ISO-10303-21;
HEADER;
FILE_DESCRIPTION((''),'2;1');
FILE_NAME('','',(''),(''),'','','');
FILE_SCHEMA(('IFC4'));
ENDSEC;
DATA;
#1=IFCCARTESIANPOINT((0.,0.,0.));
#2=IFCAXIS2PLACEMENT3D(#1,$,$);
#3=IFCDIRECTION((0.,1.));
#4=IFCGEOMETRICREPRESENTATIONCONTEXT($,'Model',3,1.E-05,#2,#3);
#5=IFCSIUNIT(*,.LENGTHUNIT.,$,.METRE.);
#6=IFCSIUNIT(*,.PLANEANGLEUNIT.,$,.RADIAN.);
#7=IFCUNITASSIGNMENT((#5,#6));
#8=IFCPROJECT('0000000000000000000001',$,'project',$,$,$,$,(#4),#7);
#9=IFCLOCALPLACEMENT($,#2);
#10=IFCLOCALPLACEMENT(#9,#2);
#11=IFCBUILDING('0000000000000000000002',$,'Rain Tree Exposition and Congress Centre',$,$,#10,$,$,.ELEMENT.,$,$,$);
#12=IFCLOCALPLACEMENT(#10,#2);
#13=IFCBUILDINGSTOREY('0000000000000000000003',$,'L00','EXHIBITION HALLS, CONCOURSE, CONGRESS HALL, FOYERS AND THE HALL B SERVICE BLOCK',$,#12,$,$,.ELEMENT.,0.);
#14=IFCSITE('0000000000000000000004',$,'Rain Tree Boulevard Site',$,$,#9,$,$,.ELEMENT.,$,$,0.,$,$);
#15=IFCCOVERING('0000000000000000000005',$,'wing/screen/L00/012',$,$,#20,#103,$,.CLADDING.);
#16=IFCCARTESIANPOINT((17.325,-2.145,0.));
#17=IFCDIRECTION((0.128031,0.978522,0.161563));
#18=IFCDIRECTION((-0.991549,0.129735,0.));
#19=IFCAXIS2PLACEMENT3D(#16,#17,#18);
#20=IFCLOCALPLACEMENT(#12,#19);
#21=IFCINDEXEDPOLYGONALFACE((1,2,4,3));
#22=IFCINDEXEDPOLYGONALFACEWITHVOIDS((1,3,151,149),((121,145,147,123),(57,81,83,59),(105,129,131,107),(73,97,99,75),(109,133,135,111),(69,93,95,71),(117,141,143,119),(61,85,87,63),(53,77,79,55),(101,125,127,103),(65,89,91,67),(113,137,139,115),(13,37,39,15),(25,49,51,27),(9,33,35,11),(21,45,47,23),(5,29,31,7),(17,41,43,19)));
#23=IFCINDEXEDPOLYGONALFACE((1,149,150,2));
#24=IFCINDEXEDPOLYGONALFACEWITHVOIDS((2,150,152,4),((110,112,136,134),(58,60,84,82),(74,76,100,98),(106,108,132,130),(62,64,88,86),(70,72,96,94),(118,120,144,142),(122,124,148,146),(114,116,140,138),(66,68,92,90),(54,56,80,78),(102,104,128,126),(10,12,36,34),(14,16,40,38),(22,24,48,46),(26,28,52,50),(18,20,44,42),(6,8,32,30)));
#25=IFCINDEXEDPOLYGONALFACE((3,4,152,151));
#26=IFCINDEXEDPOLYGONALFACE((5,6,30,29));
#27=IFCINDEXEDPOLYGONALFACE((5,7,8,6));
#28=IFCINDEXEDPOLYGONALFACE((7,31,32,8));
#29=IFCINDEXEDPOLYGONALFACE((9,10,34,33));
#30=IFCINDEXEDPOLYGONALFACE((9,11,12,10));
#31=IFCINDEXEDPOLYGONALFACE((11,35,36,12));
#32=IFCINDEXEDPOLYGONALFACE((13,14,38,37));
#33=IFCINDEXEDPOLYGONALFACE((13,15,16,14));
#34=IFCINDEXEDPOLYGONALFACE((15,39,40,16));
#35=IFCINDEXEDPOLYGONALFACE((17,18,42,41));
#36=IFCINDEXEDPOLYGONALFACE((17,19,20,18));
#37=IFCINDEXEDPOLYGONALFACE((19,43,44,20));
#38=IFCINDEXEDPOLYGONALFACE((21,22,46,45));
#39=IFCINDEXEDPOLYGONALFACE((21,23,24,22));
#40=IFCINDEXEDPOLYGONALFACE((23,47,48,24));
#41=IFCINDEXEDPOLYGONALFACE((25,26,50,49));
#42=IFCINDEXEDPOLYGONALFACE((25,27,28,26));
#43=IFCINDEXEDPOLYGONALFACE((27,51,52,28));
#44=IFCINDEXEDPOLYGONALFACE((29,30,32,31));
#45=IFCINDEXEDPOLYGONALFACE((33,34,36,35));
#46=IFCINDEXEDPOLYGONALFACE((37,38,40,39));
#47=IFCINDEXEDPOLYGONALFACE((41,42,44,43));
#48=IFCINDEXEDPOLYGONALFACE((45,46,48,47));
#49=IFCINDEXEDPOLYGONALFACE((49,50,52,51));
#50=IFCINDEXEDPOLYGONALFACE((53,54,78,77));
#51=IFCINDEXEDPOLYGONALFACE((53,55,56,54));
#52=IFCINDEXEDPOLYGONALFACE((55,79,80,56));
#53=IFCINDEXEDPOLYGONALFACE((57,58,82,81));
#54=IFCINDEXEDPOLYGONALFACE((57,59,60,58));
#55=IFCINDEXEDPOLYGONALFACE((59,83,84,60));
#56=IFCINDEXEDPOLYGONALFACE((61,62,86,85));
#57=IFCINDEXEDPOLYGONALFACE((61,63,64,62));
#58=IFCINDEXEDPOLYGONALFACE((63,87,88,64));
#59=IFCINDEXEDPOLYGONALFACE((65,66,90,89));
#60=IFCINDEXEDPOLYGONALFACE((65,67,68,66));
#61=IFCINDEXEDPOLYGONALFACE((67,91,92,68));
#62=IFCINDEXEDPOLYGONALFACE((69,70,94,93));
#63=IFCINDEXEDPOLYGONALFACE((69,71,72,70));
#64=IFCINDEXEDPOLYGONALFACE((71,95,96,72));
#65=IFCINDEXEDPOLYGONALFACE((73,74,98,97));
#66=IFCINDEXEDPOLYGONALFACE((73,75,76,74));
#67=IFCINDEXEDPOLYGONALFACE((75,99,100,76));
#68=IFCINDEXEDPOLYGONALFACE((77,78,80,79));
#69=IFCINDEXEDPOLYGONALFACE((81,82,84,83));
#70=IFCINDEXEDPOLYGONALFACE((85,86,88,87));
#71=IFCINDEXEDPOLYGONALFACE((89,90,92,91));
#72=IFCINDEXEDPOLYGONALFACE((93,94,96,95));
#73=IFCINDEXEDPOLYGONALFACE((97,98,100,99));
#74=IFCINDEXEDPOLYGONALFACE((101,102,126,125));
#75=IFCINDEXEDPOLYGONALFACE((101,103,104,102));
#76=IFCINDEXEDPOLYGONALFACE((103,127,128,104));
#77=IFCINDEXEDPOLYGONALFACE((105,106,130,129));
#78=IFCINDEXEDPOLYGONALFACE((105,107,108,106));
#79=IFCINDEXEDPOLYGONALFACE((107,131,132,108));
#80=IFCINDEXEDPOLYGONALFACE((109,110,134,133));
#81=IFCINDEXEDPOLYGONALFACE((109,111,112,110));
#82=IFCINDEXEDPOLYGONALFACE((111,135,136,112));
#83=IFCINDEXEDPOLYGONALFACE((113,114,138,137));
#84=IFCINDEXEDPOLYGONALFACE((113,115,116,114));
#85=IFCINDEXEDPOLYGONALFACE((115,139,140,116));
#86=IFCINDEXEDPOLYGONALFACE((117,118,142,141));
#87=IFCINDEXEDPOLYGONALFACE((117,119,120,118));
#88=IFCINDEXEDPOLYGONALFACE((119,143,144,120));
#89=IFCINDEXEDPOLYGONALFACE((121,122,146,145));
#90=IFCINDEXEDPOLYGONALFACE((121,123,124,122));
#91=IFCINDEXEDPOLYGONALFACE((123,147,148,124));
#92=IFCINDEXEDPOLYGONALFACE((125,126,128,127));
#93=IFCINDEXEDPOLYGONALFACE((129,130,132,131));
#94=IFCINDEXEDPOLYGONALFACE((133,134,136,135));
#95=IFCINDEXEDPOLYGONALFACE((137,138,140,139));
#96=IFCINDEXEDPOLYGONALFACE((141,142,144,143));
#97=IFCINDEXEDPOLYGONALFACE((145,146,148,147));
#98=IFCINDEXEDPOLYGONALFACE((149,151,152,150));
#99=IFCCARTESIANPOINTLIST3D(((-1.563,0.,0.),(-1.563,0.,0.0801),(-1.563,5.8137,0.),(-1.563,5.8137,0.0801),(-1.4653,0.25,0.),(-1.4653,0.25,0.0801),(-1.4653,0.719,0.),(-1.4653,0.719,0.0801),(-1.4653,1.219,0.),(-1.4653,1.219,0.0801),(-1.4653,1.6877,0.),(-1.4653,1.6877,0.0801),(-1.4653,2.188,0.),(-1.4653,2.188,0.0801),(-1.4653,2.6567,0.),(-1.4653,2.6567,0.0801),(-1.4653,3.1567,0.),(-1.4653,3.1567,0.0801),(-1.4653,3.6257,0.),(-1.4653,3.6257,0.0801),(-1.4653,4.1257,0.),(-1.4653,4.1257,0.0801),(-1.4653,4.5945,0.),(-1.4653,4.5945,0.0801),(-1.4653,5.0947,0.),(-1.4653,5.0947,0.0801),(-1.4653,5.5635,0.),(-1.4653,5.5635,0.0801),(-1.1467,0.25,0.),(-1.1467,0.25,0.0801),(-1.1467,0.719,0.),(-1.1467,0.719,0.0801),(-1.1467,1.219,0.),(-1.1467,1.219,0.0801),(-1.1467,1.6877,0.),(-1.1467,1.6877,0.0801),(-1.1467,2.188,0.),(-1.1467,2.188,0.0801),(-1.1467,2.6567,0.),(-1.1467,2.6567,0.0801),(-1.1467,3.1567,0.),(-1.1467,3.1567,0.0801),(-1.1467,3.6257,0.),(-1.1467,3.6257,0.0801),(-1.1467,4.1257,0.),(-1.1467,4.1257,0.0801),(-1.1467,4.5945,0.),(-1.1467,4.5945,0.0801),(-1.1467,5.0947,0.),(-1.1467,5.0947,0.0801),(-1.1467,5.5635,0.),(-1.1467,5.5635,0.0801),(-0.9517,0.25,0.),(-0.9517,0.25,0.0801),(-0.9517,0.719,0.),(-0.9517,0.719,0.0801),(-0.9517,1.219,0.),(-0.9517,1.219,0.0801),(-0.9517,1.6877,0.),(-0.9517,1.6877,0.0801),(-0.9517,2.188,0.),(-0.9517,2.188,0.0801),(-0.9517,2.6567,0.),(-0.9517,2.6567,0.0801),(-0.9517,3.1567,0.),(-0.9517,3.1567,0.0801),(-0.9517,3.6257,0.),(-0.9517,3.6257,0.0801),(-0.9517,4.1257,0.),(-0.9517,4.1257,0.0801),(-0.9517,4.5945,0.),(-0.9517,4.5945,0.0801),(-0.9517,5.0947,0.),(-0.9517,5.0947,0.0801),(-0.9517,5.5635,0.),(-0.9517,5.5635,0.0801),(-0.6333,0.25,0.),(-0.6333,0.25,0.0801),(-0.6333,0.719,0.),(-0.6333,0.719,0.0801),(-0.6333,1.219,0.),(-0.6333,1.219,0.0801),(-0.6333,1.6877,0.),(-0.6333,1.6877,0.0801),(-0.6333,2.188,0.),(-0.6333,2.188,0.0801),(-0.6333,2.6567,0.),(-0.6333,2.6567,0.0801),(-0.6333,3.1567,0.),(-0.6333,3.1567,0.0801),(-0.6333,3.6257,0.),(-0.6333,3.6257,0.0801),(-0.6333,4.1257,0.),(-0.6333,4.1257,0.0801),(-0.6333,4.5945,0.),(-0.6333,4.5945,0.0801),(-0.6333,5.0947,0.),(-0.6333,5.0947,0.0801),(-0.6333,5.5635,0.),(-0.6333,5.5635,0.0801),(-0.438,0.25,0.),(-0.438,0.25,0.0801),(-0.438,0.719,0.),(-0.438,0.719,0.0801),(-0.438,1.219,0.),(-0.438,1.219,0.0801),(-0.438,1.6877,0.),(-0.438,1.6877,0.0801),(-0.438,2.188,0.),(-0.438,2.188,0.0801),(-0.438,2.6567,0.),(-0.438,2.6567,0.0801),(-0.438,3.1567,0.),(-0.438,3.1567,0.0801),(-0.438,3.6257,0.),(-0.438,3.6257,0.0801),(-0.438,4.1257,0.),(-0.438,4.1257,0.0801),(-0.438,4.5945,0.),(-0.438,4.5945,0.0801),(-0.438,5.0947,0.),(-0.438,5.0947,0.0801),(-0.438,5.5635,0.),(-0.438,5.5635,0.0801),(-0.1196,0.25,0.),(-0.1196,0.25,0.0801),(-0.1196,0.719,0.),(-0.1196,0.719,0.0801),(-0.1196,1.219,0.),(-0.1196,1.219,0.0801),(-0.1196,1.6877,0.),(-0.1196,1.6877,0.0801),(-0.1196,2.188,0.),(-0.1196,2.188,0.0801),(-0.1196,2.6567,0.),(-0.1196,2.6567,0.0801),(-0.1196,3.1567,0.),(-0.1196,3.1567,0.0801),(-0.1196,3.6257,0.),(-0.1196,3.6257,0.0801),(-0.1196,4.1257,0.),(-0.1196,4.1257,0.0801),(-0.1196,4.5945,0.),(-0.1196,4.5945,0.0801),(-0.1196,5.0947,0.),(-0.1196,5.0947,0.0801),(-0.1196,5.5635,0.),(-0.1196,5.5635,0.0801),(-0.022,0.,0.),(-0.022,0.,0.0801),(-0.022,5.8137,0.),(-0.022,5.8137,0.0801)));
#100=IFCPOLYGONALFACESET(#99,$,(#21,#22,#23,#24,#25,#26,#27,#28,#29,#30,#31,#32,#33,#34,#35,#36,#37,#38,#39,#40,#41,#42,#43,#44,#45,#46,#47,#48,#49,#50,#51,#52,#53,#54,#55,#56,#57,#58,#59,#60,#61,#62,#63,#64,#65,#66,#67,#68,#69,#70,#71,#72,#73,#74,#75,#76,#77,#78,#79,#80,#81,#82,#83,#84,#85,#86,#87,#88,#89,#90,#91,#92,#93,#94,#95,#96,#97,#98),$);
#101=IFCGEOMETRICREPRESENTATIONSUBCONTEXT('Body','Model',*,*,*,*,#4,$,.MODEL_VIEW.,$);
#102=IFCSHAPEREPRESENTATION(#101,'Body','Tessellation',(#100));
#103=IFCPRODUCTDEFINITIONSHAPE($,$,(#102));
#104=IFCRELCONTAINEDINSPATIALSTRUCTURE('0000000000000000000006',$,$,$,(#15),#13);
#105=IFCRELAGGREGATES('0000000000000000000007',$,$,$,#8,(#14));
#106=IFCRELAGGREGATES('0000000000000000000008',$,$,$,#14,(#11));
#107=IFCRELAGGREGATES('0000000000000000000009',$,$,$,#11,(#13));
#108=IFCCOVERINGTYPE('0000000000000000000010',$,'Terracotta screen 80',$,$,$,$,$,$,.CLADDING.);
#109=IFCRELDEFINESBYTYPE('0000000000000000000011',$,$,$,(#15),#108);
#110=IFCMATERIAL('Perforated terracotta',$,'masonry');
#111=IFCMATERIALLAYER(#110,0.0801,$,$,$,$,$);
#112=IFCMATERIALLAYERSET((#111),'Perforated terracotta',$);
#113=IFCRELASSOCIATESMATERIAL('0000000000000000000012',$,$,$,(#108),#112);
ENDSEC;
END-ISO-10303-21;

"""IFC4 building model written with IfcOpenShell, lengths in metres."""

from ifc_helpers import new_model, si_unit, direction, frame, origin, place, context, subcontext, project, spatial, polyline, outline, extrude, material, layer, layer_set, type_object, element, save


model = new_model("IFC4")

# Units and contexts
model_context = context("Model", 3, precision=1e-05, world=origin(), true_north=direction((0.0, 1.0)))
body_context = subcontext(model_context, "Body", "Model", "MODEL_VIEW")
ifc_project = project(units=[si_unit("LENGTHUNIT", "METRE"), si_unit("PLANEANGLEUNIT", "RADIAN")], contexts=[model_context])

# Site, building, storey
site_placement = place(None, origin())
site = spatial("IfcSite", under=ifc_project, at=site_placement, Name="Rain Tree Boulevard Site", CompositionType="ELEMENT", RefElevation=0.0)
building_placement = place(site_placement, origin())
building = spatial("IfcBuilding", under=site, at=building_placement, Name="Rain Tree Exposition and Congress Centre", CompositionType="ELEMENT")
storey_placement = place(building_placement, origin())
storey = spatial("IfcBuildingStorey", under=building, at=storey_placement, Name="L00", Description="EXHIBITION HALLS, CONCOURSE, CONGRESS HALL, FOYERS AND THE HALL B SERVICE BLOCK", CompositionType="ELEMENT", Elevation=0.0)

# Covering
ifc_material_1 = material(Name="Perforated terracotta", Category="masonry")
ifc_layer_1 = layer(ifc_material_1, 0.0801)
ifc_layer_set_1 = layer_set([ifc_layer_1], Name="Perforated terracotta")
covering_type = type_object("IfcCoveringType", Name="Terracotta screen 80", PredefinedType="CLADDING", material=ifc_layer_set_1)
covering_1_placement = place(storey_placement, frame((17.325, -2.145, 0.0), z_axis=(0.128031, 0.978522, 0.161563), x_axis=(-0.991549, 0.129735, 0.0)))
element("IfcCovering", 1, at=covering_1_placement, inside=storey, type_object=covering_type, Name="wing/screen/L00/012", PredefinedType="CLADDING", context=body_context, shape_type="SweptSolid", body=[
    extrude(outline(polyline([(-1.563, 0.0), (-1.563, 5.8137), (-0.022, 5.8137), (-0.022, 0.0), (-1.563, 0.0)]), holes=[polyline([(-0.1196, 0.25), (-0.1196, 0.719), (-0.438, 0.719), (-0.438, 0.25), (-0.1196, 0.25)]), polyline([(-0.1196, 1.219), (-0.1196, 1.6877), (-0.438, 1.6877), (-0.438, 1.219), (-0.1196, 1.219)]), polyline([(-0.1196, 2.188), (-0.1196, 2.6567), (-0.438, 2.6567), (-0.438, 2.188), (-0.1196, 2.188)]), polyline([(-0.1196, 3.1567), (-0.1196, 3.6257), (-0.438, 3.6257), (-0.438, 3.1567), (-0.1196, 3.1567)]), polyline([(-0.1196, 4.1257), (-0.1196, 4.5945), (-0.438, 4.5945), (-0.438, 4.1257), (-0.1196, 4.1257)]), polyline([(-0.1196, 5.0947), (-0.1196, 5.5635), (-0.438, 5.5635), (-0.438, 5.0947), (-0.1196, 5.0947)]), polyline([(-0.6333, 0.25), (-0.6333, 0.719), (-0.9517, 0.719), (-0.9517, 0.25), (-0.6333, 0.25)]), polyline([(-0.6333, 1.219), (-0.6333, 1.6877), (-0.9517, 1.6877), (-0.9517, 1.219), (-0.6333, 1.219)]), polyline([(-0.6333, 2.188), (-0.6333, 2.6567), (-0.9517, 2.6567), (-0.9517, 2.188), (-0.6333, 2.188)]), polyline([(-0.6333, 3.1567), (-0.6333, 3.6257), (-0.9517, 3.6257), (-0.9517, 3.1567), (-0.6333, 3.1567)]), polyline([(-0.6333, 4.1257), (-0.6333, 4.5945), (-0.9517, 4.5945), (-0.9517, 4.1257), (-0.6333, 4.1257)]), polyline([(-0.6333, 5.0947), (-0.6333, 5.5635), (-0.9517, 5.5635), (-0.9517, 5.0947), (-0.6333, 5.0947)]), polyline([(-1.1467, 0.25), (-1.1467, 0.719), (-1.4653, 0.719), (-1.4653, 0.25), (-1.1467, 0.25)]), polyline([(-1.1467, 1.219), (-1.1467, 1.6877), (-1.4653, 1.6877), (-1.4653, 1.219), (-1.1467, 1.219)]), polyline([(-1.1467, 2.188), (-1.1467, 2.6567), (-1.4653, 2.6567), (-1.4653, 2.188), (-1.1467, 2.188)]), polyline([(-1.1467, 3.1567), (-1.1467, 3.6257), (-1.4653, 3.6257), (-1.4653, 3.1567), (-1.1467, 3.1567)]), polyline([(-1.1467, 4.1257), (-1.1467, 4.5945), (-1.4653, 4.5945), (-1.4653, 4.1257), (-1.1467, 4.1257)]), polyline([(-1.1467, 5.0947), (-1.1467, 5.5635), (-1.4653, 5.5635), (-1.4653, 5.0947), (-1.1467, 5.0947)])]), origin(), (0.0, 0.0, 1.0), 0.0801),
])

save(model, "model.ifc")
